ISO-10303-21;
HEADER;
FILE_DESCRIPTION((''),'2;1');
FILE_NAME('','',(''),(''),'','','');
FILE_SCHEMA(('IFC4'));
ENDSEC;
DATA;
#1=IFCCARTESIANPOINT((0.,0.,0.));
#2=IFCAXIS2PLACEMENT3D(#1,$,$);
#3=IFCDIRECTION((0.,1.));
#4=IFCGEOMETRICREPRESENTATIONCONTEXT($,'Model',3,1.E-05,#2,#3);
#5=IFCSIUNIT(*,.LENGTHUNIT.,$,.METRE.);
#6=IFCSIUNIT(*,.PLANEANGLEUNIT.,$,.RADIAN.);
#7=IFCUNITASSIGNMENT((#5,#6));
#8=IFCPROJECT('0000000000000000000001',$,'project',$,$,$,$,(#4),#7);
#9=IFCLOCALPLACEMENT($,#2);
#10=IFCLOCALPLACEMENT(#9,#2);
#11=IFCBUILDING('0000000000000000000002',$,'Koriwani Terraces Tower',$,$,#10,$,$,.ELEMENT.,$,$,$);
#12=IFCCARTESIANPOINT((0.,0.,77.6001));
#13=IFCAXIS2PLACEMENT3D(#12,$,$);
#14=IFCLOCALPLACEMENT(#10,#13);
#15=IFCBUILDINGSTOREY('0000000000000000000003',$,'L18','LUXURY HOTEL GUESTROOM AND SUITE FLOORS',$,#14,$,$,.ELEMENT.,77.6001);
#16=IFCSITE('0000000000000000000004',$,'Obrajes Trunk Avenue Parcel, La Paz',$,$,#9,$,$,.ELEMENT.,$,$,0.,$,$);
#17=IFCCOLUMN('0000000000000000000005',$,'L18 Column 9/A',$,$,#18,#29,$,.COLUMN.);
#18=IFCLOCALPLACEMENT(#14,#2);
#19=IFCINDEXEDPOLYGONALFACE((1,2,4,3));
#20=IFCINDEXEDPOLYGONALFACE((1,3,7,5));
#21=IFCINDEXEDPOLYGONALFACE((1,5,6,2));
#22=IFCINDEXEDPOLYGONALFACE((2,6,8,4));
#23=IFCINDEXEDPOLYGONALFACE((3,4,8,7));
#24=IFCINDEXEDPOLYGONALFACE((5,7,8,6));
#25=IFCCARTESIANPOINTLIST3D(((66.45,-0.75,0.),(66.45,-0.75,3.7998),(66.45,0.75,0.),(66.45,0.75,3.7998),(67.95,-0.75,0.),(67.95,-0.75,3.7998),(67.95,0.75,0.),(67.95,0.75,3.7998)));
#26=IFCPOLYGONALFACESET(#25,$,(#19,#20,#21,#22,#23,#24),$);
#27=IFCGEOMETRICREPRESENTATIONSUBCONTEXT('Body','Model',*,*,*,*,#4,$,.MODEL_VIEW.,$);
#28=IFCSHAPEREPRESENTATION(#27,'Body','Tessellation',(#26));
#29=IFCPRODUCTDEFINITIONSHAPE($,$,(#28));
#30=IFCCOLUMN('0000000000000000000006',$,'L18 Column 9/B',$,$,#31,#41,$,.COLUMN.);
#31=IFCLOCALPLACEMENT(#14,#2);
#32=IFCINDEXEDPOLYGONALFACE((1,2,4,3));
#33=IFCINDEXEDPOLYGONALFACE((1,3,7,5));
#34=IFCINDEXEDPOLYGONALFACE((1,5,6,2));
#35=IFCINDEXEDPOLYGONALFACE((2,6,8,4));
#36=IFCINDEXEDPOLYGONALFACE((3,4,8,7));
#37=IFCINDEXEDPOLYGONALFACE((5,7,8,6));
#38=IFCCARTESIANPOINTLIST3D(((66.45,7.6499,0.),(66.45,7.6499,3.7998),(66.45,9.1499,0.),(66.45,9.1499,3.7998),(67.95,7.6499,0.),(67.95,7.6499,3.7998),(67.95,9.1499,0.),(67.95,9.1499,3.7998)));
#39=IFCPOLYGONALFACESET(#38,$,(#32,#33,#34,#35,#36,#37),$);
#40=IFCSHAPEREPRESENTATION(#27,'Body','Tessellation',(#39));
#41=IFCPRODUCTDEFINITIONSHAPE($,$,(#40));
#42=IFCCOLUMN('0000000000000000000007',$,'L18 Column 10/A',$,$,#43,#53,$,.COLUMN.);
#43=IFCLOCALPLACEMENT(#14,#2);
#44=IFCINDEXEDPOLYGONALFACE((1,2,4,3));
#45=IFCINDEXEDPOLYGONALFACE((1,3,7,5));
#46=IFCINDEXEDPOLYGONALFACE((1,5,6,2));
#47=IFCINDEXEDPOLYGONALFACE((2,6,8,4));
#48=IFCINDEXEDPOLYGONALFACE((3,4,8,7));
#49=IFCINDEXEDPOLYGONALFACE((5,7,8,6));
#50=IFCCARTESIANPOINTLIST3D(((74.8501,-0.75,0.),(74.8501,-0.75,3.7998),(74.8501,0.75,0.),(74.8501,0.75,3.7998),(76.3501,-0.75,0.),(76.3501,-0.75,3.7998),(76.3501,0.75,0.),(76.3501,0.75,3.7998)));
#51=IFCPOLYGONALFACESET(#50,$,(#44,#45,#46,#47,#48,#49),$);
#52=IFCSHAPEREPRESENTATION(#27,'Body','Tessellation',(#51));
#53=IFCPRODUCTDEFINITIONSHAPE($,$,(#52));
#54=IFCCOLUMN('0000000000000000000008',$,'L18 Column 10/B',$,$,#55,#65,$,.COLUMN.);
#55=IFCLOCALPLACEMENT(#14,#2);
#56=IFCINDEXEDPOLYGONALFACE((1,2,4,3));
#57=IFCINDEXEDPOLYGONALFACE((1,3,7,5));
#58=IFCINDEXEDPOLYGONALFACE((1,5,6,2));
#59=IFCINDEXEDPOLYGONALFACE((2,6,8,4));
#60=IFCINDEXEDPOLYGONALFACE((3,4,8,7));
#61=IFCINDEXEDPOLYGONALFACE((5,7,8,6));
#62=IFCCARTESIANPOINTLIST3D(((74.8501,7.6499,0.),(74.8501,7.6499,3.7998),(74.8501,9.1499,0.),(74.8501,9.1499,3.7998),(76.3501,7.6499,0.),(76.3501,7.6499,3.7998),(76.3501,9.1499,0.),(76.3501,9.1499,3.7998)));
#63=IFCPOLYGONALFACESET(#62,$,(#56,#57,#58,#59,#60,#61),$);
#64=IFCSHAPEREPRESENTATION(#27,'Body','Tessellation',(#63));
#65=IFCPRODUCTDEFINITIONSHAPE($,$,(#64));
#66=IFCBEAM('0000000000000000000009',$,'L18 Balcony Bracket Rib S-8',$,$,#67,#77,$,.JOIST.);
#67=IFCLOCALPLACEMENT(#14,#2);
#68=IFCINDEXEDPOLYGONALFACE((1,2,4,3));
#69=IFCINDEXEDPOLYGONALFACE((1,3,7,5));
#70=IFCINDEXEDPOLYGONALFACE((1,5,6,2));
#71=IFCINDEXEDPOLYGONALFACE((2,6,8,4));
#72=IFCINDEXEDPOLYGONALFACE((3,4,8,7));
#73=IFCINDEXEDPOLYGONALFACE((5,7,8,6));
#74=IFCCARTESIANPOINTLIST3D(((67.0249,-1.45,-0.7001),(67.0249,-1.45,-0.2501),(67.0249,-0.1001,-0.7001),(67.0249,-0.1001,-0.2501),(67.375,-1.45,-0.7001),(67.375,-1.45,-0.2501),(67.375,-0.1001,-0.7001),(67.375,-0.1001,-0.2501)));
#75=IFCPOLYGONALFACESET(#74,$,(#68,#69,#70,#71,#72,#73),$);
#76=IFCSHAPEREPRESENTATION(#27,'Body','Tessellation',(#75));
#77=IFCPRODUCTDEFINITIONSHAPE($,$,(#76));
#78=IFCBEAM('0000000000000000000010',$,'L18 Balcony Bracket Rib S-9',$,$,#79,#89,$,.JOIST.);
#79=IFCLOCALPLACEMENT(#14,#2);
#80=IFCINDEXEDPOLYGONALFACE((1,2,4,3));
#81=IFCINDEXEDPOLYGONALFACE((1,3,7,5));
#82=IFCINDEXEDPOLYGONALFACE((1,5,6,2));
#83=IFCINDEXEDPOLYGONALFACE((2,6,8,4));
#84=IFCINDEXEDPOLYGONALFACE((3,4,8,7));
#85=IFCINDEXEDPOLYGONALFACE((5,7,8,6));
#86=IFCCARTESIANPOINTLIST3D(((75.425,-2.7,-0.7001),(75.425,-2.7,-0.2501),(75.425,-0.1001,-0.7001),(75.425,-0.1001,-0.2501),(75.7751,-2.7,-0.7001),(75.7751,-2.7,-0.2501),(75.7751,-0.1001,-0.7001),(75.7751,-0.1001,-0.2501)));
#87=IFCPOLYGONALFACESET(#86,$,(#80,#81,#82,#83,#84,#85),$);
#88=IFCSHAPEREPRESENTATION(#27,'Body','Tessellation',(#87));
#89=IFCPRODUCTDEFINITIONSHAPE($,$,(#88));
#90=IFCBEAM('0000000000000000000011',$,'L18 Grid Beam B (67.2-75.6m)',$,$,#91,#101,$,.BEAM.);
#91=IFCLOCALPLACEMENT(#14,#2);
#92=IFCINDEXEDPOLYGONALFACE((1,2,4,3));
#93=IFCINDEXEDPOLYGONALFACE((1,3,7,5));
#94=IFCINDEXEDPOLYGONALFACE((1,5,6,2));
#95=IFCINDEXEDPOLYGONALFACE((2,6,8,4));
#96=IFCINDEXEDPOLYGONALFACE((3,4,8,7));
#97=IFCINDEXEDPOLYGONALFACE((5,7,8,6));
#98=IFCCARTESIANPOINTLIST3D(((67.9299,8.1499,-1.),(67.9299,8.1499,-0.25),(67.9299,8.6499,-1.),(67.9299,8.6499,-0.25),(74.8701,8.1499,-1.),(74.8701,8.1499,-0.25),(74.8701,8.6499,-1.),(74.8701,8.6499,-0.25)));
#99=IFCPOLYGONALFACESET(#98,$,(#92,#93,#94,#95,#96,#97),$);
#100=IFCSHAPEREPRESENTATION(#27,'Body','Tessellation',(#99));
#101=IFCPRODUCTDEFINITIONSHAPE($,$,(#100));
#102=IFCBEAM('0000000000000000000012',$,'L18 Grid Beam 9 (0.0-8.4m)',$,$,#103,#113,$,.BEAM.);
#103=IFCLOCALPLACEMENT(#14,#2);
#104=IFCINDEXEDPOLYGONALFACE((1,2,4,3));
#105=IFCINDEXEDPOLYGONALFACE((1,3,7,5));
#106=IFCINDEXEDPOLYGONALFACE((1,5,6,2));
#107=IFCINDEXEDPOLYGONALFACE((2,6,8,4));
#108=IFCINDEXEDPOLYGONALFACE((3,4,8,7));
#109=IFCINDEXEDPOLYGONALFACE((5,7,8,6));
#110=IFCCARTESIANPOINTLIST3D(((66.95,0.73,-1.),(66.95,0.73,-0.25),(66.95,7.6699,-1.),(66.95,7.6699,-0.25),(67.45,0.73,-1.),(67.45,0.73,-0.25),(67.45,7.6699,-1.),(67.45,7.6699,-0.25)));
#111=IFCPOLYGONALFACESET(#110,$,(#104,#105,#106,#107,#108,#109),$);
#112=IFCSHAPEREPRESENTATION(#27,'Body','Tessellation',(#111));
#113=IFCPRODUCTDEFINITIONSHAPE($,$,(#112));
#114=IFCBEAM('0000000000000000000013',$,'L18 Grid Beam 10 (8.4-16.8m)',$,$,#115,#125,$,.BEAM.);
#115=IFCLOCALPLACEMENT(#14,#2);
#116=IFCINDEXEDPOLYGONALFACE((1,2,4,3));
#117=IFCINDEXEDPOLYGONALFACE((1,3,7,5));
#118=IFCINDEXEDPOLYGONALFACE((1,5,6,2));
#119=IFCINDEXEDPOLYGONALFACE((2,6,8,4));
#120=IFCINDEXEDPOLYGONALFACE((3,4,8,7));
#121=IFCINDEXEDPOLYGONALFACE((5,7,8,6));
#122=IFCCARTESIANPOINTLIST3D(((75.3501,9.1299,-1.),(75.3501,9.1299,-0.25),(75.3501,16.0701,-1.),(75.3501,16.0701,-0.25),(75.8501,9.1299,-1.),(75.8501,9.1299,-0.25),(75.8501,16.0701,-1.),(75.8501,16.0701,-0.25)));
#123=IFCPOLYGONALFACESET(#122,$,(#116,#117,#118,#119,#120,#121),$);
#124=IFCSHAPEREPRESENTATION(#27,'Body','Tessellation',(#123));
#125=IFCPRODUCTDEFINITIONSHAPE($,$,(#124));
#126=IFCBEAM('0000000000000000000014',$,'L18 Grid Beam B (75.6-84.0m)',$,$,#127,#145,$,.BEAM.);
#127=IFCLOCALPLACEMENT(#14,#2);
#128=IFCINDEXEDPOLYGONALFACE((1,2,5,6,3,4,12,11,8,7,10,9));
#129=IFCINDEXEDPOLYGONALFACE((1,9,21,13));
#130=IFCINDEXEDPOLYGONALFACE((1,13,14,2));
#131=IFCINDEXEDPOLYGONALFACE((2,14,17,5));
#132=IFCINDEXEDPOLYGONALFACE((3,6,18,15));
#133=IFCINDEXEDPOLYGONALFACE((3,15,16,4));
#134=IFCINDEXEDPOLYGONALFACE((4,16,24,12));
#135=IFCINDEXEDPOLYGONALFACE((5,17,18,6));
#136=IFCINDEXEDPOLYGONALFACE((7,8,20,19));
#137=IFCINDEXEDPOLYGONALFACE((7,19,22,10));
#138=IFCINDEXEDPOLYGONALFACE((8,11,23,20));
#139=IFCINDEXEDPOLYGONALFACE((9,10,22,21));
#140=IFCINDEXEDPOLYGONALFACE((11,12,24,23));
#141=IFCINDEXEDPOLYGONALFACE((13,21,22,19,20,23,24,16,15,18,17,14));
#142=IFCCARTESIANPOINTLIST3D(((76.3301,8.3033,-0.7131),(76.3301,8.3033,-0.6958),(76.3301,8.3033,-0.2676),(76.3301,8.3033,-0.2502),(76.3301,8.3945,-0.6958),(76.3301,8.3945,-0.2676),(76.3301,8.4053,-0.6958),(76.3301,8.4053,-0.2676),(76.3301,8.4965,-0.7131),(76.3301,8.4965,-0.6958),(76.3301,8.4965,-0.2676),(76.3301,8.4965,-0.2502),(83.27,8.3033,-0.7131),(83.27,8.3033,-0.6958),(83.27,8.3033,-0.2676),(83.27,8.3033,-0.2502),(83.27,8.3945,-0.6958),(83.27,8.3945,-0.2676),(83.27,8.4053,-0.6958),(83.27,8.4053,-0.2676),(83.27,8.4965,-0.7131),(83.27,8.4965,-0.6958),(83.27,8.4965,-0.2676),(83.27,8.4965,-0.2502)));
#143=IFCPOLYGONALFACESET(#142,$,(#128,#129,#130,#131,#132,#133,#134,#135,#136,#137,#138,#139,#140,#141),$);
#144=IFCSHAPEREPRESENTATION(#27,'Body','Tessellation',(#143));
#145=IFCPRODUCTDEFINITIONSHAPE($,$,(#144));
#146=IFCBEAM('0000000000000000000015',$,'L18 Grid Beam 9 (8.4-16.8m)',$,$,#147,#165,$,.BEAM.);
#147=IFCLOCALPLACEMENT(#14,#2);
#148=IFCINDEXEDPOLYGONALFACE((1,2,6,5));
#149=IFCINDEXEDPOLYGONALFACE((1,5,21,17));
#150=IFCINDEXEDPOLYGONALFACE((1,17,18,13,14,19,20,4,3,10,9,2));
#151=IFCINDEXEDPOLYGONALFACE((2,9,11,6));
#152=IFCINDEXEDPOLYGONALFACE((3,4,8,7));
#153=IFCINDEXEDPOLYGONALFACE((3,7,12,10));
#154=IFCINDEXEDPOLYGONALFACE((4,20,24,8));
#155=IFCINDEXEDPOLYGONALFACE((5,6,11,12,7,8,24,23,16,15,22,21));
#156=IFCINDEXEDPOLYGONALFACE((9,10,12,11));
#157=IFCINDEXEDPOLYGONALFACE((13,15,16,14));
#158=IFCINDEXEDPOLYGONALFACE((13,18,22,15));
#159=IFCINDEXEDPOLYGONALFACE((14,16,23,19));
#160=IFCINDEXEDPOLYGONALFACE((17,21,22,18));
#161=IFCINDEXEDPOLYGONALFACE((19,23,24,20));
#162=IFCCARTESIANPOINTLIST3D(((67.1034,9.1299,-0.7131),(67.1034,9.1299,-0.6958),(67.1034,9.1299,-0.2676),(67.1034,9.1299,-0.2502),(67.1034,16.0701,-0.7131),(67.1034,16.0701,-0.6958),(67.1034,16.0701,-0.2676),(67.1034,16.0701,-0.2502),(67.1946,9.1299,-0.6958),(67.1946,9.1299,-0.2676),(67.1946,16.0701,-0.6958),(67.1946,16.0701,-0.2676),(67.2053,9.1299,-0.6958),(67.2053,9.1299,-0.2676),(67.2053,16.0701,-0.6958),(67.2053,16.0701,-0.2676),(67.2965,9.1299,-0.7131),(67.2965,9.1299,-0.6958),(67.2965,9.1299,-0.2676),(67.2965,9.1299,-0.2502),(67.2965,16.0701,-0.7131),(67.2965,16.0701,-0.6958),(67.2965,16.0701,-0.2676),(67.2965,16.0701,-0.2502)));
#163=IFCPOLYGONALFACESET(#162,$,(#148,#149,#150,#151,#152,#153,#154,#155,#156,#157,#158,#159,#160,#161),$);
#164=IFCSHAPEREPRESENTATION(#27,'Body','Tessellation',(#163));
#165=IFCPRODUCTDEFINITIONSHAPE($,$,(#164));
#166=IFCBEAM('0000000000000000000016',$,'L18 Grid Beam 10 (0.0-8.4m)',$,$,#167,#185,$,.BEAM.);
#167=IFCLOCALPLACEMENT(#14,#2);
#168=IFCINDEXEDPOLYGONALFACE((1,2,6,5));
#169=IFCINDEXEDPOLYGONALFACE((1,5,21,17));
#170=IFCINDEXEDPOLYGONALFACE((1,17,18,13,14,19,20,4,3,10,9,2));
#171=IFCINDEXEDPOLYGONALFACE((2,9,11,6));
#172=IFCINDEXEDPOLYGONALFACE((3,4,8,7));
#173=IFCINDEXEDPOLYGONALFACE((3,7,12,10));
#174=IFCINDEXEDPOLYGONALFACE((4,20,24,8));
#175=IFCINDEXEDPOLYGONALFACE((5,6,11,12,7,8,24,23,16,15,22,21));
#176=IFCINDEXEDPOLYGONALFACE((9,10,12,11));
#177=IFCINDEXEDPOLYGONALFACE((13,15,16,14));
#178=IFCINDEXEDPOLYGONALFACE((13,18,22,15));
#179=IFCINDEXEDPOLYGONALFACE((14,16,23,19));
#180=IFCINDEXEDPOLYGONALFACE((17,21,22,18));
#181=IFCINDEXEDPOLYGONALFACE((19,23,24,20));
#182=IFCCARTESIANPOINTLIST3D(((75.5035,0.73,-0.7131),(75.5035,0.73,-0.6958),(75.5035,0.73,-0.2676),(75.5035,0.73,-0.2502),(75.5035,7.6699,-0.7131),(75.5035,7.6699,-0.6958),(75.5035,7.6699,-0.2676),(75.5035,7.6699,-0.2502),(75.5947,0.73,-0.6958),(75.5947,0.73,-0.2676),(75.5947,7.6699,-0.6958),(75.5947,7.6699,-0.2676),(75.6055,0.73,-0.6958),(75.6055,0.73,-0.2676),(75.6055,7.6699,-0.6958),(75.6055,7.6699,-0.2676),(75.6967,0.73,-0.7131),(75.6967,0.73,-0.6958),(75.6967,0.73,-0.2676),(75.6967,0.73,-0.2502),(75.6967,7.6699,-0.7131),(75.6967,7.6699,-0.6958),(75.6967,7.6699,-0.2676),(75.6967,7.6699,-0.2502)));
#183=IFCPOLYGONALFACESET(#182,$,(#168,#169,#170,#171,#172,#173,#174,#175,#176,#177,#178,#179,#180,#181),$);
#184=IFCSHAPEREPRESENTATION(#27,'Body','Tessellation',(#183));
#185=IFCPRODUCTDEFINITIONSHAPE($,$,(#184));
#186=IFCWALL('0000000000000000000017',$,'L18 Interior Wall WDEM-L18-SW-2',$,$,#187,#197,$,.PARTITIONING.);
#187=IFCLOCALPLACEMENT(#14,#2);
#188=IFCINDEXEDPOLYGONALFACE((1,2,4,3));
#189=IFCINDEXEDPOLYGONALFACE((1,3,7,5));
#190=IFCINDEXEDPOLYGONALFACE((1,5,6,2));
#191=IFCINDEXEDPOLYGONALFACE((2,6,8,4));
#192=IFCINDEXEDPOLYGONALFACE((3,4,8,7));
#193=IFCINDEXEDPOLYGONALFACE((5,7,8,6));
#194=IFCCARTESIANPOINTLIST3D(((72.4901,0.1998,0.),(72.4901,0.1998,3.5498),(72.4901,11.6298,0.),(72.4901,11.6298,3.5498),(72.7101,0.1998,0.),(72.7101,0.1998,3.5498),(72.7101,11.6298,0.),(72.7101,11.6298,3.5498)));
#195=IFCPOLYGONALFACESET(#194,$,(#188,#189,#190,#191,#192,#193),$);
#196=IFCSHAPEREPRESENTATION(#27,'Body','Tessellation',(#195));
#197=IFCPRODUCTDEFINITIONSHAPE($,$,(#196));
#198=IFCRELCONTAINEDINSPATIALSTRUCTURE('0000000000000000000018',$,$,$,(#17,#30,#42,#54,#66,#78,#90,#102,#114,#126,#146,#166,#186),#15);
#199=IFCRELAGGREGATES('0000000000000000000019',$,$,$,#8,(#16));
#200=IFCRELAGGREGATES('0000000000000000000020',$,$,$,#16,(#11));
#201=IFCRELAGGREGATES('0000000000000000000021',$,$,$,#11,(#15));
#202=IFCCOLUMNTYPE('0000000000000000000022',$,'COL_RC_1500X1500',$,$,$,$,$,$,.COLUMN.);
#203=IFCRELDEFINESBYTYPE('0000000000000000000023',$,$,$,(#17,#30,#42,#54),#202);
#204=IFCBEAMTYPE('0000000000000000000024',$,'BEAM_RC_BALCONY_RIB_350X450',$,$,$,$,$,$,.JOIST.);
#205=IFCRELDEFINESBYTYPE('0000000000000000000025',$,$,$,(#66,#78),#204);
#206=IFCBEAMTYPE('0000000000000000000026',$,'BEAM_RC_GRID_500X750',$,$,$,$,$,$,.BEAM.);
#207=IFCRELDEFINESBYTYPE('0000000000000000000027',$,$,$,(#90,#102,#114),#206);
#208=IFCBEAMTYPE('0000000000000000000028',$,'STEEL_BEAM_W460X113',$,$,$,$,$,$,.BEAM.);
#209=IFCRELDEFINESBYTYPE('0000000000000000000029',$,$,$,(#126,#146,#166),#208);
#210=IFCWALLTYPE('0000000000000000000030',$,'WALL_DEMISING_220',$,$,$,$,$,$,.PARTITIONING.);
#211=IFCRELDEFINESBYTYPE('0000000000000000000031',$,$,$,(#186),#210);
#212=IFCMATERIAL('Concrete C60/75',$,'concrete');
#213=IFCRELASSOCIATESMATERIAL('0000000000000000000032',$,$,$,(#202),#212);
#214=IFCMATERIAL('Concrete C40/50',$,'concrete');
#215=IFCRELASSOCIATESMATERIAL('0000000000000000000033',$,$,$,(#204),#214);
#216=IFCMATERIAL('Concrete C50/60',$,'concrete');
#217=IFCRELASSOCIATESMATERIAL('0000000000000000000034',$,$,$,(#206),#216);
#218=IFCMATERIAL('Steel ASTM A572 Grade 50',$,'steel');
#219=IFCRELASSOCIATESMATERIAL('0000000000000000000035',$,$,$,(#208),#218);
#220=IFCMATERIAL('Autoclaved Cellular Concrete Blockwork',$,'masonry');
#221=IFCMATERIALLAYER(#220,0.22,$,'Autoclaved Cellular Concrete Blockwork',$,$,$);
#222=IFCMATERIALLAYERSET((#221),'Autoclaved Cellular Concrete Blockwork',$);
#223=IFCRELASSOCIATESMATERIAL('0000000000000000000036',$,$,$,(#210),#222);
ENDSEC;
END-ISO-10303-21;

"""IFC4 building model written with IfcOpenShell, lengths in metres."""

from ifc_helpers import new_model, si_unit, direction, frame, frame_2d, origin, origin_2d, place, context, subcontext, project, spatial, rectangle, i_section, extrude, material, layer, layer_set, material_profile, profile_set, type_object, element, save


model = new_model("IFC4")

# Units and contexts
model_context = context("Model", 3, precision=1e-05, world=origin(), true_north=direction((0.0, 1.0)))
body_context = subcontext(model_context, "Body", "Model", "MODEL_VIEW")
ifc_project = project(units=[si_unit("LENGTHUNIT", "METRE"), si_unit("PLANEANGLEUNIT", "RADIAN")], contexts=[model_context])

# Site, building, storey
site_placement = place(None, origin())
site = spatial("IfcSite", under=ifc_project, at=site_placement, Name="Obrajes Trunk Avenue Parcel, La Paz", CompositionType="ELEMENT", RefElevation=0.0)
building_placement = place(site_placement, origin())
building = spatial("IfcBuilding", under=site, at=building_placement, Name="Koriwani Terraces Tower", CompositionType="ELEMENT")
storey_placement = place(building_placement, frame((0.0, 0.0, 77.6001)))
storey = spatial("IfcBuildingStorey", under=building, at=storey_placement, Name="L18", Description="LUXURY HOTEL GUESTROOM AND SUITE FLOORS", CompositionType="ELEMENT", Elevation=77.6001)

# Columns
ifc_material_1 = material(Name="Concrete C60/75", Category="concrete")
ifc_material_profile_1 = material_profile(ifc_material_1, rectangle(XDim=1.5, YDim=1.5, at=origin_2d()), Name="Concrete C60/75", Category="LoadBearing")
ifc_profile_set_1 = profile_set([ifc_material_profile_1], Name="Concrete C60/75")
column_type = type_object("IfcColumnType", Name="COL_RC_1500X1500", PredefinedType="COLUMN", material=ifc_profile_set_1)
for number, where, z_axis, x_axis, name in (
    (1, (67.2, 0.0, 0.0), (0.0, 0.0, 1.0), (1.0, 0.0, 0.0), "L18 Column 9/A"),
    (2, (67.2, 8.3999, 0.0), (0.0, 0.0, 1.0), (1.0, 0.0, 0.0), "L18 Column 9/B"),
    (3, (75.6001, 0.0, 0.0), (0.0, 0.0, 1.0), (1.0, 0.0, 0.0), "L18 Column 10/A"),
    (4, (75.6001, 8.3999, 0.0), (0.0, 0.0, 1.0), (1.0, 0.0, 0.0), "L18 Column 10/B"),
):
    element("IfcColumn", number, at=place(storey_placement, frame(where, z_axis=z_axis, x_axis=x_axis)), inside=storey, type_object=column_type, Name=name, PredefinedType="COLUMN", context=body_context, shape_type="SweptSolid", body=[
        extrude(rectangle(XDim=1.5, YDim=1.5, at=origin_2d()), origin(), (0.0, 0.0, 1.0), 3.7998),
    ])

# Beams
ifc_material_2 = material(Name="Concrete C40/50", Category="concrete")
ifc_material_profile_2 = material_profile(ifc_material_2, rectangle(XDim=0.3501, YDim=0.45, at=origin_2d()), Name="Concrete C40/50", Category="LoadBearing")
ifc_profile_set_2 = profile_set([ifc_material_profile_2], Name="Concrete C40/50")
beam_type_1 = type_object("IfcBeamType", Name="BEAM_RC_BALCONY_RIB_350X450", PredefinedType="JOIST", material=ifc_profile_set_2)
beam_1_placement = place(storey_placement, frame((67.2, -1.45, -0.4751), z_axis=(0.0, 1.0, 0.0), x_axis=(-1.0, 0.0, 0.0)))
element("IfcBeam", 5, at=beam_1_placement, inside=storey, type_object=beam_type_1, Name="L18 Balcony Bracket Rib S-8", PredefinedType="JOIST", context=body_context, shape_type="SweptSolid", body=[
    extrude(rectangle(XDim=0.3501, YDim=0.45, at=origin_2d()), origin(), (0.0, 0.0, 1.0), 1.3499),
])
beam_2_placement = place(storey_placement, frame((75.6001, -2.7, -0.4751), z_axis=(0.0, 1.0, 0.0), x_axis=(-1.0, 0.0, 0.0)))
element("IfcBeam", 6, at=beam_2_placement, inside=storey, type_object=beam_type_1, Name="L18 Balcony Bracket Rib S-9", PredefinedType="JOIST", context=body_context, shape_type="SweptSolid", body=[
    extrude(rectangle(XDim=0.3501, YDim=0.45, at=origin_2d()), origin(), (0.0, 0.0, 1.0), 2.5999),
])
ifc_material_3 = material(Name="Concrete C50/60", Category="concrete")
ifc_material_profile_3 = material_profile(ifc_material_3, rectangle(XDim=0.5, YDim=0.75, at=origin_2d()), Name="Concrete C50/60", Category="LoadBearing")
ifc_profile_set_3 = profile_set([ifc_material_profile_3], Name="Concrete C50/60")
beam_type_2 = type_object("IfcBeamType", Name="BEAM_RC_GRID_500X750", PredefinedType="BEAM", material=ifc_profile_set_3)
beam_3_placement = place(storey_placement, frame((67.9299, 8.3999, -0.625), z_axis=(1.0, 0.0, 0.0), x_axis=(0.0, 1.0, 0.0)))
element("IfcBeam", 7, at=beam_3_placement, inside=storey, type_object=beam_type_2, Name="L18 Grid Beam B (67.2-75.6m)", PredefinedType="BEAM", context=body_context, shape_type="SweptSolid", body=[
    extrude(rectangle(XDim=0.5, YDim=0.75, at=origin_2d()), origin(), (0.0, 0.0, 1.0), 6.9402),
])
beam_4_placement = place(storey_placement, frame((67.2, 0.73, -0.625), z_axis=(0.0, 1.0, 0.0), x_axis=(-1.0, 0.0, 0.0)))
element("IfcBeam", 8, at=beam_4_placement, inside=storey, type_object=beam_type_2, Name="L18 Grid Beam 9 (0.0-8.4m)", PredefinedType="BEAM", context=body_context, shape_type="SweptSolid", body=[
    extrude(rectangle(XDim=0.5, YDim=0.75, at=origin_2d()), origin(), (0.0, 0.0, 1.0), 6.9399),
])
beam_5_placement = place(storey_placement, frame((75.6001, 9.1299, -0.625), z_axis=(0.0, 1.0, 0.0), x_axis=(-1.0, 0.0, 0.0)))
element("IfcBeam", 9, at=beam_5_placement, inside=storey, type_object=beam_type_2, Name="L18 Grid Beam 10 (8.4-16.8m)", PredefinedType="BEAM", context=body_context, shape_type="SweptSolid", body=[
    extrude(rectangle(XDim=0.5, YDim=0.75, at=origin_2d()), origin(), (0.0, 0.0, 1.0), 6.9402),
])
ifc_material_4 = material(Name="Steel ASTM A572 Grade 50", Category="steel")
ifc_material_profile_4 = material_profile(ifc_material_4, i_section(OverallWidth=0.1931, OverallDepth=0.4629, WebThickness=0.0107, FlangeThickness=0.0173, at=origin_2d()), Name="Steel ASTM A572 Grade 50", Category="LoadBearing")
ifc_profile_set_4 = profile_set([ifc_material_profile_4], Name="Steel ASTM A572 Grade 50")
beam_type_3 = type_object("IfcBeamType", Name="STEEL_BEAM_W460X113", PredefinedType="BEAM", material=ifc_profile_set_4)
beam_6_placement = place(storey_placement, frame((76.3301, 8.3999, -0.4817), z_axis=(1.0, 0.0, 0.0), x_axis=(0.0, 1.0, 0.0)))
element("IfcBeam", 10, at=beam_6_placement, inside=storey, type_object=beam_type_3, Name="L18 Grid Beam B (75.6-84.0m)", PredefinedType="BEAM", context=body_context, shape_type="SweptSolid", body=[
    extrude(i_section(OverallWidth=0.1931, OverallDepth=0.4629, WebThickness=0.0107, FlangeThickness=0.0173, at=origin_2d()), origin(), (0.0, 0.0, 1.0), 6.9399),
])
beam_7_placement = place(storey_placement, frame((67.2, 9.1299, -0.4817), z_axis=(0.0, 1.0, 0.0), x_axis=(-1.0, 0.0, 0.0)))
element("IfcBeam", 11, at=beam_7_placement, inside=storey, type_object=beam_type_3, Name="L18 Grid Beam 9 (8.4-16.8m)", PredefinedType="BEAM", context=body_context, shape_type="SweptSolid", body=[
    extrude(i_section(OverallWidth=0.1931, OverallDepth=0.4629, WebThickness=0.0107, FlangeThickness=0.0173, at=origin_2d()), origin(), (0.0, 0.0, 1.0), 6.9402),
])
beam_8_placement = place(storey_placement, frame((75.6001, 0.73, -0.4817), z_axis=(0.0, 1.0, 0.0), x_axis=(-1.0, 0.0, 0.0)))
element("IfcBeam", 12, at=beam_8_placement, inside=storey, type_object=beam_type_3, Name="L18 Grid Beam 10 (0.0-8.4m)", PredefinedType="BEAM", context=body_context, shape_type="SweptSolid", body=[
    extrude(i_section(OverallWidth=0.1931, OverallDepth=0.4629, WebThickness=0.0107, FlangeThickness=0.0173, at=origin_2d()), origin(), (0.0, 0.0, 1.0), 6.9399),
])

# Wall
ifc_material_5 = material(Name="Autoclaved Cellular Concrete Blockwork", Category="masonry")
ifc_layer_1 = layer(ifc_material_5, 0.22, Name="Autoclaved Cellular Concrete Blockwork")
ifc_layer_set_1 = layer_set([ifc_layer_1], Name="Autoclaved Cellular Concrete Blockwork")
wall_type_1 = type_object("IfcWallType", Name="WALL_DEMISING_220", PredefinedType="PARTITIONING", material=ifc_layer_set_1)
wall_1_placement = place(storey_placement, frame((72.6001, 0.2, 0.0), z_axis=(0.0, 0.0, 1.0), x_axis=(0.0, 1.0, 0.0)))
element("IfcWall", 13, at=wall_1_placement, inside=storey, type_object=wall_type_1, Name="L18 Interior Wall WDEM-L18-SW-2", PredefinedType="PARTITIONING", context=body_context, shape_type="SweptSolid", body=[
    extrude(rectangle(XDim=11.4299, YDim=0.22, at=frame_2d((5.7148, 0.0))), origin(), (0.0, 0.0, 1.0), 3.5498),
])

save(model, "model.ifc")
